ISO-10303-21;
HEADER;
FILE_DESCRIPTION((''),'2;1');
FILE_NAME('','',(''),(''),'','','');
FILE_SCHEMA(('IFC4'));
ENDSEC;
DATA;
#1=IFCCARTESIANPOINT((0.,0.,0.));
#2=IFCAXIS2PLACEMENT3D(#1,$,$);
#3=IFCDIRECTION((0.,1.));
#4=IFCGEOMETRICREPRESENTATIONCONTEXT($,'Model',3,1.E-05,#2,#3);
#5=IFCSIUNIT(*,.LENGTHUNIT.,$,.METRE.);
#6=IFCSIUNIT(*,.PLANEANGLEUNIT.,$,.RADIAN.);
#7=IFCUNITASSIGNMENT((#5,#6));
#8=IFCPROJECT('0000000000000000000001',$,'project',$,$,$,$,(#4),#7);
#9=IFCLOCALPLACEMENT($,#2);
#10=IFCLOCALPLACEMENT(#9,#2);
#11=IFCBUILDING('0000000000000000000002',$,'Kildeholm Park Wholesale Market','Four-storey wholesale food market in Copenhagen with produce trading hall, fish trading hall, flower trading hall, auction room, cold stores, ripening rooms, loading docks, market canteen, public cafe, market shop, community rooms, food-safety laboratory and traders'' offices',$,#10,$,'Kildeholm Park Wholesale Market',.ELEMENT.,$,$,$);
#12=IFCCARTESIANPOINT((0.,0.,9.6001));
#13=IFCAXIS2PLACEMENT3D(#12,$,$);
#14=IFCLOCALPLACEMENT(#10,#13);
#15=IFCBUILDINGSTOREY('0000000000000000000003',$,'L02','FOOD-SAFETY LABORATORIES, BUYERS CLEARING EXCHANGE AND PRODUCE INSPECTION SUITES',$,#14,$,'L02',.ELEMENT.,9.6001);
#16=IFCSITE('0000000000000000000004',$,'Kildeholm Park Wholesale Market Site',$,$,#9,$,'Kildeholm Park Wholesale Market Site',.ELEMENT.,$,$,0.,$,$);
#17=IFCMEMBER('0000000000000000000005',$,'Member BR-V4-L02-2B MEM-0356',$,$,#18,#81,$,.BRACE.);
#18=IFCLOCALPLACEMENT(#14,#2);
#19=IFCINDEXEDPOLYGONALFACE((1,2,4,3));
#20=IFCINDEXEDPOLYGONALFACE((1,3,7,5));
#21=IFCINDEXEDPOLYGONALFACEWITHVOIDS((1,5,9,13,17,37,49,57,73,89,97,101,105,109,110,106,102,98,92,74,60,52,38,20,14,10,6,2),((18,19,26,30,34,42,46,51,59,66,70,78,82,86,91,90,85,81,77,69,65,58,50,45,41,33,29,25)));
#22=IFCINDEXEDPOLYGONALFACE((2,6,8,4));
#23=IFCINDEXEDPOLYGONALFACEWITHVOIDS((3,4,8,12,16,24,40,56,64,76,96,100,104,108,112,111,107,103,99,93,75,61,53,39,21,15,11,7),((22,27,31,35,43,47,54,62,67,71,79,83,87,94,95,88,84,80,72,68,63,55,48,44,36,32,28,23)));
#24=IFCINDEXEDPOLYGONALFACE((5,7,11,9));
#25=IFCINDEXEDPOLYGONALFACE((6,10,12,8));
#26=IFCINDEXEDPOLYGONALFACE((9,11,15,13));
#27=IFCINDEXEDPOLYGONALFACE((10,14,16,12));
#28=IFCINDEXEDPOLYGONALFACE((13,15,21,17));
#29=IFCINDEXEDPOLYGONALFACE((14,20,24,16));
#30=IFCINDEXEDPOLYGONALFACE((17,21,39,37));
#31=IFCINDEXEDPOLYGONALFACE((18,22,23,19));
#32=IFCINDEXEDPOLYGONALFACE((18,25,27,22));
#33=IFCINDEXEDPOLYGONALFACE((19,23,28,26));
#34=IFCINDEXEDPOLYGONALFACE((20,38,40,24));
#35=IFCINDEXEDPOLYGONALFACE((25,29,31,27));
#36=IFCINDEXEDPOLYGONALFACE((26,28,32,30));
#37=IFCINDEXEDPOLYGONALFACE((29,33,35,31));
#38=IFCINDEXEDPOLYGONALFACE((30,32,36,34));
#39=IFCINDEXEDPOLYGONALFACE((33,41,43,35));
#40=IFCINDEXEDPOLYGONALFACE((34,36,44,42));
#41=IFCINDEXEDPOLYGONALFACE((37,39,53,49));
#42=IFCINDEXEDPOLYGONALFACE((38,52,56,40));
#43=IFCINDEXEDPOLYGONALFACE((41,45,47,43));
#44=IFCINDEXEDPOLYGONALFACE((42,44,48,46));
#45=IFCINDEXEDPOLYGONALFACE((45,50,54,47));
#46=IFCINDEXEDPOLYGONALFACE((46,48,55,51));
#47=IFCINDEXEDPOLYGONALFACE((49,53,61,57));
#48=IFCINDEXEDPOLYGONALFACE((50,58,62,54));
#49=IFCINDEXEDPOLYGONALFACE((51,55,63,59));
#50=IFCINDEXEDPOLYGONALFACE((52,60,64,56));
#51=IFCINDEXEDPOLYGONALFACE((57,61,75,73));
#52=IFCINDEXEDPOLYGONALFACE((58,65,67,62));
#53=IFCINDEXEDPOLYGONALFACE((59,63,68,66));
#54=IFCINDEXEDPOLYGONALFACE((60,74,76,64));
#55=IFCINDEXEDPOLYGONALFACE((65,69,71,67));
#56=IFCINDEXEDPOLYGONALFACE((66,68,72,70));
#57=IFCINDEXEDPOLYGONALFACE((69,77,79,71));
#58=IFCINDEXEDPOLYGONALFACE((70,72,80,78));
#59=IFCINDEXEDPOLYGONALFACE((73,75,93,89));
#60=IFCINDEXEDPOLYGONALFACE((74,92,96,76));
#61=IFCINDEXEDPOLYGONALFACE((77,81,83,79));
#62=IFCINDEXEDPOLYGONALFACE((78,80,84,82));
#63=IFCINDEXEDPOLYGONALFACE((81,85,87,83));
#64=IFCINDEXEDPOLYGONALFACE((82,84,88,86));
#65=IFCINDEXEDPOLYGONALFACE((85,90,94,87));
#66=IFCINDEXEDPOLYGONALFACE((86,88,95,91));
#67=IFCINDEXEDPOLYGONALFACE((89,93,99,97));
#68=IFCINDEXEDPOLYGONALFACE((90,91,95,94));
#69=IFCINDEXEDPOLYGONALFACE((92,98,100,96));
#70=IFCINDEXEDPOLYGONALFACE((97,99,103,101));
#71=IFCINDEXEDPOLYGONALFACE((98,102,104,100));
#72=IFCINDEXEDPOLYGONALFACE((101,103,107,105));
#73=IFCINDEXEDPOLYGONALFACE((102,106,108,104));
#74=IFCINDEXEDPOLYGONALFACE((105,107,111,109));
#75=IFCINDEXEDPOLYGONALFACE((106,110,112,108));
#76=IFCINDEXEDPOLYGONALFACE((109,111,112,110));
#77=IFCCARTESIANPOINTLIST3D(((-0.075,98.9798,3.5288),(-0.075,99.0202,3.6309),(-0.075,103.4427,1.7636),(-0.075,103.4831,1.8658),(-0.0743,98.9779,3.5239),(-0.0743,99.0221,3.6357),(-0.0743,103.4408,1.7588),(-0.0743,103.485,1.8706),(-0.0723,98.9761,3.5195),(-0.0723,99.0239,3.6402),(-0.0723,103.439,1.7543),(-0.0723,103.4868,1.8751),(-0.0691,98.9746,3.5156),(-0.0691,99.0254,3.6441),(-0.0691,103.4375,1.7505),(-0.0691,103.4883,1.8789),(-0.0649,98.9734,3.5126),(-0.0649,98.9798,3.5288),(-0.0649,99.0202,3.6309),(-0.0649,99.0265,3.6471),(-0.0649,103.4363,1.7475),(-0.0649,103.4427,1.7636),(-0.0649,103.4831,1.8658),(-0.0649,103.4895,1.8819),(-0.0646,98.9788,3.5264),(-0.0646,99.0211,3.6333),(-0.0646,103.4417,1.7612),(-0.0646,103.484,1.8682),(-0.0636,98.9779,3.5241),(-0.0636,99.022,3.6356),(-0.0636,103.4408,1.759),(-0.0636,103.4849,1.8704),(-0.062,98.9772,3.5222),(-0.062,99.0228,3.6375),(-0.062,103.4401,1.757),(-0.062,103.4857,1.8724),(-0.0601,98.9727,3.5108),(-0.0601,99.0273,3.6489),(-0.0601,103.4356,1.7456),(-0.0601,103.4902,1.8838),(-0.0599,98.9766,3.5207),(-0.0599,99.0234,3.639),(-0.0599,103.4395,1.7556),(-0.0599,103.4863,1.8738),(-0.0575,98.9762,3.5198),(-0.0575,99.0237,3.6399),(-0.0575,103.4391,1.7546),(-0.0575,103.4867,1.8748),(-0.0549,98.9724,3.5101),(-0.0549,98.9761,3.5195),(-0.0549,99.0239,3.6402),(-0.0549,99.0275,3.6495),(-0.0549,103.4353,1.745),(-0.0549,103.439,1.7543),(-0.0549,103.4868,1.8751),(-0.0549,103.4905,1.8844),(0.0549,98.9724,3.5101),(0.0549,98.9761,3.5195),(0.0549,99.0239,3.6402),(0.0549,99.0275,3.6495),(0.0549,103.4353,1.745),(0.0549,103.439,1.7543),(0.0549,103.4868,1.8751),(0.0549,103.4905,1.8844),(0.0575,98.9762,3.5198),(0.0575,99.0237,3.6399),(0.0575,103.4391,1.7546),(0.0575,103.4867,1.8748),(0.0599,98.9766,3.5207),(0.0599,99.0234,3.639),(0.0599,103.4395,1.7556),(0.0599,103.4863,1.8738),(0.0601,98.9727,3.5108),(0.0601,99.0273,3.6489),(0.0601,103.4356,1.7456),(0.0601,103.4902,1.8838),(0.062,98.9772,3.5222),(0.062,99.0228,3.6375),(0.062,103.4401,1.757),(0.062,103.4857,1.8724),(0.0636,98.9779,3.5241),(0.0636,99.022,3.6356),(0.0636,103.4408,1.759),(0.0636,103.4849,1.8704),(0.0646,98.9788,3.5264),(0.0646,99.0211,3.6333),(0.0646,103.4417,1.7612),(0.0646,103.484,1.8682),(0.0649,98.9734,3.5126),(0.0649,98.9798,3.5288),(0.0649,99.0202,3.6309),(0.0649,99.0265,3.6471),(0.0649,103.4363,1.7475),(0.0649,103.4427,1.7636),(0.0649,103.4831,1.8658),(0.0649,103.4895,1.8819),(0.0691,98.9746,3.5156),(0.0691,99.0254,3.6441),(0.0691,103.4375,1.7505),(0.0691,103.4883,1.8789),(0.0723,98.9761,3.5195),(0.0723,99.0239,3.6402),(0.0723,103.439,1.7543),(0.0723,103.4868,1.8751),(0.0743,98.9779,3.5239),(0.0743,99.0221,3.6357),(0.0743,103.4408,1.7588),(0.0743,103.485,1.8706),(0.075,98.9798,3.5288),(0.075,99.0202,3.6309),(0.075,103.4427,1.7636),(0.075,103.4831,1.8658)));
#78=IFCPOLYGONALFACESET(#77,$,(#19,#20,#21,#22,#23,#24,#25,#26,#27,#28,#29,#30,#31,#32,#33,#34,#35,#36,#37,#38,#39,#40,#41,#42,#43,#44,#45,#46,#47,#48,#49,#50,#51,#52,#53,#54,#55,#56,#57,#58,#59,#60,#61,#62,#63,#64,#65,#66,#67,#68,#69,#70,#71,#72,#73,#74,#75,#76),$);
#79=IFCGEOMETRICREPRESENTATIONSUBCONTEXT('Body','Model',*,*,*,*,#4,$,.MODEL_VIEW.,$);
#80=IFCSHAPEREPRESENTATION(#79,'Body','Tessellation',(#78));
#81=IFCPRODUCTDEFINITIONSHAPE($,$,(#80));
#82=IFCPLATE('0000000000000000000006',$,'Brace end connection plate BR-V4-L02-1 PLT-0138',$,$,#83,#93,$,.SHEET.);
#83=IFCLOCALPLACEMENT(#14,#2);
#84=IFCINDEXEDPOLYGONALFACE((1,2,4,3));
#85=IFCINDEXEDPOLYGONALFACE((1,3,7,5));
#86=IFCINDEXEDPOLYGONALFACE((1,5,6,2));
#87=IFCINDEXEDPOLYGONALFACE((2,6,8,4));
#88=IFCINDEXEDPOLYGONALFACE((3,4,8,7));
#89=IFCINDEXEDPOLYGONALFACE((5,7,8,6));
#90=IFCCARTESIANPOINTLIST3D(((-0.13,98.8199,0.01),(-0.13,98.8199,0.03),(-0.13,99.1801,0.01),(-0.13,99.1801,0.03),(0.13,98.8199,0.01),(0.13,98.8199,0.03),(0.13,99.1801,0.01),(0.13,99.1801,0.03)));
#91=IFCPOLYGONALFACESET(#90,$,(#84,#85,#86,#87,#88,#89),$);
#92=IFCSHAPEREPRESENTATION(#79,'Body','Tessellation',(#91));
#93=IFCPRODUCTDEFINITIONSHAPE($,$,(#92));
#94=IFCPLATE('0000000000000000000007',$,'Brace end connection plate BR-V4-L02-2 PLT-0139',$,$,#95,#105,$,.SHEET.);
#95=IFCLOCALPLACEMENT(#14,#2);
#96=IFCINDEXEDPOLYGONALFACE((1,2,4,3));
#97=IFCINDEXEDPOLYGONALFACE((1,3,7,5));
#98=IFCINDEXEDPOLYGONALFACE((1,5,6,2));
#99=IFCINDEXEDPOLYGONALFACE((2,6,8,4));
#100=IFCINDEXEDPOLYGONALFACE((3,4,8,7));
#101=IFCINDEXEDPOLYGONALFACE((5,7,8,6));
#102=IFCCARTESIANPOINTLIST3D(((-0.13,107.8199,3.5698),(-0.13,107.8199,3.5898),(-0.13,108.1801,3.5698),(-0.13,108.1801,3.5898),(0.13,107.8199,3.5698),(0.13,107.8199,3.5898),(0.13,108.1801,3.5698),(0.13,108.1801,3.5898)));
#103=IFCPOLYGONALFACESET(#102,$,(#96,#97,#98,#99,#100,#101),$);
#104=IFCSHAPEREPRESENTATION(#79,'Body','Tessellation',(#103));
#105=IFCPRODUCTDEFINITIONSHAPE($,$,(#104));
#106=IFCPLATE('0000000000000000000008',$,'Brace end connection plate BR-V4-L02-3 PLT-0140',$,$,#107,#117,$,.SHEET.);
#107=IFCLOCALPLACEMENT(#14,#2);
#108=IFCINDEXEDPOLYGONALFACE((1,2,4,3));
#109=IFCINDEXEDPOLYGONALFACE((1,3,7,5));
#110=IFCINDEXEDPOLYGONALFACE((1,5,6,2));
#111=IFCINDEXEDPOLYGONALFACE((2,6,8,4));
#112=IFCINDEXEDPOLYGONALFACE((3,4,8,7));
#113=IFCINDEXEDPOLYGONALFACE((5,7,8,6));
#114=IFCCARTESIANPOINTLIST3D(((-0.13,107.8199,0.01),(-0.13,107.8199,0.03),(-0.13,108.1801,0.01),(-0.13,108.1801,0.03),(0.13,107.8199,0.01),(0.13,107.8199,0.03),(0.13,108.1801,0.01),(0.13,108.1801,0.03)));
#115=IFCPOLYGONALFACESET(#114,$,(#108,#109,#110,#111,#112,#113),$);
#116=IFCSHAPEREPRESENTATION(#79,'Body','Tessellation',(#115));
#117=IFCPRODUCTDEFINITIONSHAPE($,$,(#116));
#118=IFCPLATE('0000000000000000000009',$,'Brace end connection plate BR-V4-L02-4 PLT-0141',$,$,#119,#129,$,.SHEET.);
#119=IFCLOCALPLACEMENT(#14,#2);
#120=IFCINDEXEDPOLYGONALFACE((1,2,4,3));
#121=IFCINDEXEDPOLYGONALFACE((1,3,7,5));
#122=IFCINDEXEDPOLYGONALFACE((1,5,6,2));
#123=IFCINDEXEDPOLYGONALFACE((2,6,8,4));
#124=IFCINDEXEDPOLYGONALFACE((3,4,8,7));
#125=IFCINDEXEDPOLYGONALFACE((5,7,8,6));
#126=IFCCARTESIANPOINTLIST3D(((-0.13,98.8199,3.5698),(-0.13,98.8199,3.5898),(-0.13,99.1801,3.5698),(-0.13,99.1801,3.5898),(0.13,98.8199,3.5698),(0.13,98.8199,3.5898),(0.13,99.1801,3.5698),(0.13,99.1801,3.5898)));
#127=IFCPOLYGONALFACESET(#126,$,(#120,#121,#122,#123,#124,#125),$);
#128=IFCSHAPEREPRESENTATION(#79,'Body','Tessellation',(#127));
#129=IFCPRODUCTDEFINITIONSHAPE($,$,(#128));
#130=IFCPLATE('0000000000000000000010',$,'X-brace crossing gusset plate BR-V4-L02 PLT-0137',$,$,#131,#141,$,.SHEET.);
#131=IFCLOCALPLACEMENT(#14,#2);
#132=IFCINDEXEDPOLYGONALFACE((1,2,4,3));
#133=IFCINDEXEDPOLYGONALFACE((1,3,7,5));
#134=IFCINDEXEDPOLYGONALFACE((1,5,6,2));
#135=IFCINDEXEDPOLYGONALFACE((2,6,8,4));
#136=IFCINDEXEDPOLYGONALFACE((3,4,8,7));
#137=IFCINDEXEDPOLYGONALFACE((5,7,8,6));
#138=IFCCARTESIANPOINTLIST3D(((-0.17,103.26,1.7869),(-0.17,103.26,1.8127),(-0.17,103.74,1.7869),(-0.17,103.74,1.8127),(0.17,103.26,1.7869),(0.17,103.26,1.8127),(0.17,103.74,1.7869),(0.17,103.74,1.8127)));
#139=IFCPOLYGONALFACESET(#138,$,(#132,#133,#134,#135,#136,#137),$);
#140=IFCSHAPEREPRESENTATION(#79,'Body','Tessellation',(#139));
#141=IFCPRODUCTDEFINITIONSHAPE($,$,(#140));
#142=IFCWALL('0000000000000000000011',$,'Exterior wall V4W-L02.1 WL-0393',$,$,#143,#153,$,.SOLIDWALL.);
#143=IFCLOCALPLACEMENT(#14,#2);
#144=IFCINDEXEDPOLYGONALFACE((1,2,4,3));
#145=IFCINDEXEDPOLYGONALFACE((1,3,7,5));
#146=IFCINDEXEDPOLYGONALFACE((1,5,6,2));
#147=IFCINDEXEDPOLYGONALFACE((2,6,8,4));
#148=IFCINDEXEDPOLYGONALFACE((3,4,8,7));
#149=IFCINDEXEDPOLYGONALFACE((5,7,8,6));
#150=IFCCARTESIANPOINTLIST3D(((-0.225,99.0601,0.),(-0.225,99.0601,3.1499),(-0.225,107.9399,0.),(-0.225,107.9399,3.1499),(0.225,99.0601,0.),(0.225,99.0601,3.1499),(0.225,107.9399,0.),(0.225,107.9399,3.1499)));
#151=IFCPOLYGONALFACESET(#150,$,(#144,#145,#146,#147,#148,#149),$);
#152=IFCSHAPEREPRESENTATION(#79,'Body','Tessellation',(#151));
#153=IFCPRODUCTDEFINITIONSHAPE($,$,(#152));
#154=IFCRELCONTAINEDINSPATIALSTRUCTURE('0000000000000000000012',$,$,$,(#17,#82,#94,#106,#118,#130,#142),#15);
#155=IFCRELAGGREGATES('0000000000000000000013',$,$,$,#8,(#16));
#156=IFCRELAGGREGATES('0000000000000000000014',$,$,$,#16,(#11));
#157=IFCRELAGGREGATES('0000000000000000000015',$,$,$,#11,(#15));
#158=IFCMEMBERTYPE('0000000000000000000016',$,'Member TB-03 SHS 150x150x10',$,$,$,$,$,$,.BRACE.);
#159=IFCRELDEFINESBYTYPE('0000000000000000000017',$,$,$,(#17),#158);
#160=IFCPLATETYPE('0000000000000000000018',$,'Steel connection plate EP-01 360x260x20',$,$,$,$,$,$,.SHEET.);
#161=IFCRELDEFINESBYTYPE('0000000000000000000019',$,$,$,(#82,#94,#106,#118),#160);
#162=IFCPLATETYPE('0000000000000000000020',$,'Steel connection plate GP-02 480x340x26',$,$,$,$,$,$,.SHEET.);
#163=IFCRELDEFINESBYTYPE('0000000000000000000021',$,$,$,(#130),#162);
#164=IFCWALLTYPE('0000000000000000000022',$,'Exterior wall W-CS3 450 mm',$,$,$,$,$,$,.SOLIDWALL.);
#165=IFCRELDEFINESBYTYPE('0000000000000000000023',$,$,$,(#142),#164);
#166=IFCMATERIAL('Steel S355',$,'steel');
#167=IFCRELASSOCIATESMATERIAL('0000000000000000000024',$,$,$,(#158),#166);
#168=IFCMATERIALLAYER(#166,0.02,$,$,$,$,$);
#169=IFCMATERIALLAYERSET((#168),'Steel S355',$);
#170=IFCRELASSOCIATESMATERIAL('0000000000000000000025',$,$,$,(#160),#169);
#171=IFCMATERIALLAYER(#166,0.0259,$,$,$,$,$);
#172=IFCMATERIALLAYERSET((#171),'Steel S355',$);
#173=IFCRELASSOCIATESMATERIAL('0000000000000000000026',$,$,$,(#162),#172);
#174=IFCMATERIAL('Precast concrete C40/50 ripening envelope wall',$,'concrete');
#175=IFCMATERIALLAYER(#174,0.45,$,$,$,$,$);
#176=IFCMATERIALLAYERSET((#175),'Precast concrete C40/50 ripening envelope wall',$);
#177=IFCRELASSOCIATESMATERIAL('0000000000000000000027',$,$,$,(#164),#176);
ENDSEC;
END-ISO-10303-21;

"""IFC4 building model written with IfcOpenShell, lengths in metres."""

from ifc_helpers import new_model, si_unit, direction, frame, frame_2d, origin, origin_2d, place, context, subcontext, project, spatial, rectangle, hollow_rectangle, extrude, material, layer, layer_set, material_profile, profile_set, type_object, element, save


model = new_model("IFC4")

# Units and contexts
model_context = context("Model", 3, precision=1e-05, world=origin(), true_north=direction((0.0, 1.0)))
body_context = subcontext(model_context, "Body", "Model", "MODEL_VIEW")
ifc_project = project(units=[si_unit("LENGTHUNIT", "METRE"), si_unit("PLANEANGLEUNIT", "RADIAN")], contexts=[model_context])

# Site, building, storey
site_placement = place(None, origin())
site = spatial("IfcSite", under=ifc_project, at=site_placement, Name="Kildeholm Park Wholesale Market Site", LongName="Kildeholm Park Wholesale Market Site", CompositionType="ELEMENT", RefElevation=0.0)
building_placement = place(site_placement, origin())
building = spatial("IfcBuilding", under=site, at=building_placement, Name="Kildeholm Park Wholesale Market", Description="Four-storey wholesale food market in Copenhagen with produce trading hall, fish trading hall, flower trading hall, auction room, cold stores, ripening rooms, loading docks, market canteen, public cafe, market shop, community rooms, food-safety laboratory and traders' offices", LongName="Kildeholm Park Wholesale Market", CompositionType="ELEMENT")
storey_placement = place(building_placement, frame((0.0, 0.0, 9.6001)))
storey = spatial("IfcBuildingStorey", under=building, at=storey_placement, Name="L02", Description="FOOD-SAFETY LABORATORIES, BUYERS CLEARING EXCHANGE AND PRODUCE INSPECTION SUITES", LongName="L02", CompositionType="ELEMENT", Elevation=9.6001)

# Shared definitions
ifc_material_1 = material(Name="Steel S355", Category="steel")

# Member
ifc_material_profile_1 = material_profile(ifc_material_1, hollow_rectangle(XDim=0.1499, YDim=0.1499, WallThickness=0.01, InnerFilletRadius=0.01, OuterFilletRadius=0.02, at=origin_2d()), Name="SHS 150x150x10")
ifc_profile_set_1 = profile_set([ifc_material_profile_1], Name="Steel S355")
member_type = type_object("IfcMemberType", Name="Member TB-03 SHS 150x150x10", PredefinedType="BRACE", material=ifc_profile_set_1)
for number, where, z_axis, x_axis, name in (
    (1, (0.0, 103.4629, 1.8147), (0.0, -0.929908, 0.367792), (1.0, 0.0, 0.0), "Member BR-V4-L02-2B MEM-0356"),
):
    element("IfcMember", number, at=place(storey_placement, frame(where, z_axis=z_axis, x_axis=x_axis)), inside=storey, type_object=member_type, Name=name, PredefinedType="BRACE", context=body_context, shape_type="SweptSolid", body=[
        extrude(hollow_rectangle(XDim=0.1499, YDim=0.1499, WallThickness=0.01, InnerFilletRadius=0.01, OuterFilletRadius=0.02, at=origin_2d()), origin(), (0.0, 0.0, 1.0), 4.7993),
    ])

# Plates
ifc_layer_1 = layer(ifc_material_1, 0.02)
ifc_layer_set_1 = layer_set([ifc_layer_1], Name="Steel S355")
plate_type_1 = type_object("IfcPlateType", Name="Steel connection plate EP-01 360x260x20", PredefinedType="SHEET", material=ifc_layer_set_1)
for number, where, z_axis, x_axis, name in (
    (2, (0.0, 99.0, 0.01), (0.0, 0.0, 1.0), (0.0, 1.0, 0.0), "Brace end connection plate BR-V4-L02-1 PLT-0138"),
    (3, (0.0, 108.0, 3.5698), (0.0, 0.0, 1.0), (0.0, 1.0, 0.0), "Brace end connection plate BR-V4-L02-2 PLT-0139"),
    (4, (0.0, 108.0, 0.01), (0.0, 0.0, 1.0), (0.0, 1.0, 0.0), "Brace end connection plate BR-V4-L02-3 PLT-0140"),
    (5, (0.0, 99.0, 3.5698), (0.0, 0.0, 1.0), (0.0, 1.0, 0.0), "Brace end connection plate BR-V4-L02-4 PLT-0141"),
):
    element("IfcPlate", number, at=place(storey_placement, frame(where, z_axis=z_axis, x_axis=x_axis)), inside=storey, type_object=plate_type_1, Name=name, PredefinedType="SHEET", context=body_context, shape_type="SweptSolid", body=[
        extrude(rectangle(XDim=0.3601, YDim=0.26, at=origin_2d()), origin(), (0.0, 0.0, 1.0), 0.02),
    ])
ifc_layer_2 = layer(ifc_material_1, 0.0259)
ifc_layer_set_2 = layer_set([ifc_layer_2], Name="Steel S355")
plate_type_2 = type_object("IfcPlateType", Name="Steel connection plate GP-02 480x340x26", PredefinedType="SHEET", material=ifc_layer_set_2)
plate_placement = place(storey_placement, frame((0.0, 103.5, 1.7869), z_axis=(0.0, 0.0, 1.0), x_axis=(0.0, 1.0, 0.0)))
element("IfcPlate", 6, at=plate_placement, inside=storey, type_object=plate_type_2, Name="X-brace crossing gusset plate BR-V4-L02 PLT-0137", PredefinedType="SHEET", context=body_context, shape_type="SweptSolid", body=[
    extrude(rectangle(XDim=0.48, YDim=0.3401, at=origin_2d()), origin(), (0.0, 0.0, 1.0), 0.0259),
])

# Wall
ifc_material_2 = material(Name="Precast concrete C40/50 ripening envelope wall", Category="concrete")
ifc_layer_3 = layer(ifc_material_2, 0.45)
ifc_layer_set_3 = layer_set([ifc_layer_3], Name="Precast concrete C40/50 ripening envelope wall")
wall_type_1 = type_object("IfcWallType", Name="Exterior wall W-CS3 450 mm", PredefinedType="SOLIDWALL", material=ifc_layer_set_3)
wall_1_placement = place(storey_placement, frame((0.0, 99.0601, 0.0), z_axis=(0.0, 0.0, 1.0), x_axis=(0.0, 1.0, 0.0)))
element("IfcWall", 7, at=wall_1_placement, inside=storey, type_object=wall_type_1, Name="Exterior wall V4W-L02.1 WL-0393", PredefinedType="SOLIDWALL", context=body_context, shape_type="SweptSolid", body=[
    extrude(rectangle(XDim=8.8799, YDim=0.45, at=frame_2d((4.4399, 0.0))), origin(), (0.0, 0.0, 1.0), 3.1499),
])

save(model, "model.ifc")
